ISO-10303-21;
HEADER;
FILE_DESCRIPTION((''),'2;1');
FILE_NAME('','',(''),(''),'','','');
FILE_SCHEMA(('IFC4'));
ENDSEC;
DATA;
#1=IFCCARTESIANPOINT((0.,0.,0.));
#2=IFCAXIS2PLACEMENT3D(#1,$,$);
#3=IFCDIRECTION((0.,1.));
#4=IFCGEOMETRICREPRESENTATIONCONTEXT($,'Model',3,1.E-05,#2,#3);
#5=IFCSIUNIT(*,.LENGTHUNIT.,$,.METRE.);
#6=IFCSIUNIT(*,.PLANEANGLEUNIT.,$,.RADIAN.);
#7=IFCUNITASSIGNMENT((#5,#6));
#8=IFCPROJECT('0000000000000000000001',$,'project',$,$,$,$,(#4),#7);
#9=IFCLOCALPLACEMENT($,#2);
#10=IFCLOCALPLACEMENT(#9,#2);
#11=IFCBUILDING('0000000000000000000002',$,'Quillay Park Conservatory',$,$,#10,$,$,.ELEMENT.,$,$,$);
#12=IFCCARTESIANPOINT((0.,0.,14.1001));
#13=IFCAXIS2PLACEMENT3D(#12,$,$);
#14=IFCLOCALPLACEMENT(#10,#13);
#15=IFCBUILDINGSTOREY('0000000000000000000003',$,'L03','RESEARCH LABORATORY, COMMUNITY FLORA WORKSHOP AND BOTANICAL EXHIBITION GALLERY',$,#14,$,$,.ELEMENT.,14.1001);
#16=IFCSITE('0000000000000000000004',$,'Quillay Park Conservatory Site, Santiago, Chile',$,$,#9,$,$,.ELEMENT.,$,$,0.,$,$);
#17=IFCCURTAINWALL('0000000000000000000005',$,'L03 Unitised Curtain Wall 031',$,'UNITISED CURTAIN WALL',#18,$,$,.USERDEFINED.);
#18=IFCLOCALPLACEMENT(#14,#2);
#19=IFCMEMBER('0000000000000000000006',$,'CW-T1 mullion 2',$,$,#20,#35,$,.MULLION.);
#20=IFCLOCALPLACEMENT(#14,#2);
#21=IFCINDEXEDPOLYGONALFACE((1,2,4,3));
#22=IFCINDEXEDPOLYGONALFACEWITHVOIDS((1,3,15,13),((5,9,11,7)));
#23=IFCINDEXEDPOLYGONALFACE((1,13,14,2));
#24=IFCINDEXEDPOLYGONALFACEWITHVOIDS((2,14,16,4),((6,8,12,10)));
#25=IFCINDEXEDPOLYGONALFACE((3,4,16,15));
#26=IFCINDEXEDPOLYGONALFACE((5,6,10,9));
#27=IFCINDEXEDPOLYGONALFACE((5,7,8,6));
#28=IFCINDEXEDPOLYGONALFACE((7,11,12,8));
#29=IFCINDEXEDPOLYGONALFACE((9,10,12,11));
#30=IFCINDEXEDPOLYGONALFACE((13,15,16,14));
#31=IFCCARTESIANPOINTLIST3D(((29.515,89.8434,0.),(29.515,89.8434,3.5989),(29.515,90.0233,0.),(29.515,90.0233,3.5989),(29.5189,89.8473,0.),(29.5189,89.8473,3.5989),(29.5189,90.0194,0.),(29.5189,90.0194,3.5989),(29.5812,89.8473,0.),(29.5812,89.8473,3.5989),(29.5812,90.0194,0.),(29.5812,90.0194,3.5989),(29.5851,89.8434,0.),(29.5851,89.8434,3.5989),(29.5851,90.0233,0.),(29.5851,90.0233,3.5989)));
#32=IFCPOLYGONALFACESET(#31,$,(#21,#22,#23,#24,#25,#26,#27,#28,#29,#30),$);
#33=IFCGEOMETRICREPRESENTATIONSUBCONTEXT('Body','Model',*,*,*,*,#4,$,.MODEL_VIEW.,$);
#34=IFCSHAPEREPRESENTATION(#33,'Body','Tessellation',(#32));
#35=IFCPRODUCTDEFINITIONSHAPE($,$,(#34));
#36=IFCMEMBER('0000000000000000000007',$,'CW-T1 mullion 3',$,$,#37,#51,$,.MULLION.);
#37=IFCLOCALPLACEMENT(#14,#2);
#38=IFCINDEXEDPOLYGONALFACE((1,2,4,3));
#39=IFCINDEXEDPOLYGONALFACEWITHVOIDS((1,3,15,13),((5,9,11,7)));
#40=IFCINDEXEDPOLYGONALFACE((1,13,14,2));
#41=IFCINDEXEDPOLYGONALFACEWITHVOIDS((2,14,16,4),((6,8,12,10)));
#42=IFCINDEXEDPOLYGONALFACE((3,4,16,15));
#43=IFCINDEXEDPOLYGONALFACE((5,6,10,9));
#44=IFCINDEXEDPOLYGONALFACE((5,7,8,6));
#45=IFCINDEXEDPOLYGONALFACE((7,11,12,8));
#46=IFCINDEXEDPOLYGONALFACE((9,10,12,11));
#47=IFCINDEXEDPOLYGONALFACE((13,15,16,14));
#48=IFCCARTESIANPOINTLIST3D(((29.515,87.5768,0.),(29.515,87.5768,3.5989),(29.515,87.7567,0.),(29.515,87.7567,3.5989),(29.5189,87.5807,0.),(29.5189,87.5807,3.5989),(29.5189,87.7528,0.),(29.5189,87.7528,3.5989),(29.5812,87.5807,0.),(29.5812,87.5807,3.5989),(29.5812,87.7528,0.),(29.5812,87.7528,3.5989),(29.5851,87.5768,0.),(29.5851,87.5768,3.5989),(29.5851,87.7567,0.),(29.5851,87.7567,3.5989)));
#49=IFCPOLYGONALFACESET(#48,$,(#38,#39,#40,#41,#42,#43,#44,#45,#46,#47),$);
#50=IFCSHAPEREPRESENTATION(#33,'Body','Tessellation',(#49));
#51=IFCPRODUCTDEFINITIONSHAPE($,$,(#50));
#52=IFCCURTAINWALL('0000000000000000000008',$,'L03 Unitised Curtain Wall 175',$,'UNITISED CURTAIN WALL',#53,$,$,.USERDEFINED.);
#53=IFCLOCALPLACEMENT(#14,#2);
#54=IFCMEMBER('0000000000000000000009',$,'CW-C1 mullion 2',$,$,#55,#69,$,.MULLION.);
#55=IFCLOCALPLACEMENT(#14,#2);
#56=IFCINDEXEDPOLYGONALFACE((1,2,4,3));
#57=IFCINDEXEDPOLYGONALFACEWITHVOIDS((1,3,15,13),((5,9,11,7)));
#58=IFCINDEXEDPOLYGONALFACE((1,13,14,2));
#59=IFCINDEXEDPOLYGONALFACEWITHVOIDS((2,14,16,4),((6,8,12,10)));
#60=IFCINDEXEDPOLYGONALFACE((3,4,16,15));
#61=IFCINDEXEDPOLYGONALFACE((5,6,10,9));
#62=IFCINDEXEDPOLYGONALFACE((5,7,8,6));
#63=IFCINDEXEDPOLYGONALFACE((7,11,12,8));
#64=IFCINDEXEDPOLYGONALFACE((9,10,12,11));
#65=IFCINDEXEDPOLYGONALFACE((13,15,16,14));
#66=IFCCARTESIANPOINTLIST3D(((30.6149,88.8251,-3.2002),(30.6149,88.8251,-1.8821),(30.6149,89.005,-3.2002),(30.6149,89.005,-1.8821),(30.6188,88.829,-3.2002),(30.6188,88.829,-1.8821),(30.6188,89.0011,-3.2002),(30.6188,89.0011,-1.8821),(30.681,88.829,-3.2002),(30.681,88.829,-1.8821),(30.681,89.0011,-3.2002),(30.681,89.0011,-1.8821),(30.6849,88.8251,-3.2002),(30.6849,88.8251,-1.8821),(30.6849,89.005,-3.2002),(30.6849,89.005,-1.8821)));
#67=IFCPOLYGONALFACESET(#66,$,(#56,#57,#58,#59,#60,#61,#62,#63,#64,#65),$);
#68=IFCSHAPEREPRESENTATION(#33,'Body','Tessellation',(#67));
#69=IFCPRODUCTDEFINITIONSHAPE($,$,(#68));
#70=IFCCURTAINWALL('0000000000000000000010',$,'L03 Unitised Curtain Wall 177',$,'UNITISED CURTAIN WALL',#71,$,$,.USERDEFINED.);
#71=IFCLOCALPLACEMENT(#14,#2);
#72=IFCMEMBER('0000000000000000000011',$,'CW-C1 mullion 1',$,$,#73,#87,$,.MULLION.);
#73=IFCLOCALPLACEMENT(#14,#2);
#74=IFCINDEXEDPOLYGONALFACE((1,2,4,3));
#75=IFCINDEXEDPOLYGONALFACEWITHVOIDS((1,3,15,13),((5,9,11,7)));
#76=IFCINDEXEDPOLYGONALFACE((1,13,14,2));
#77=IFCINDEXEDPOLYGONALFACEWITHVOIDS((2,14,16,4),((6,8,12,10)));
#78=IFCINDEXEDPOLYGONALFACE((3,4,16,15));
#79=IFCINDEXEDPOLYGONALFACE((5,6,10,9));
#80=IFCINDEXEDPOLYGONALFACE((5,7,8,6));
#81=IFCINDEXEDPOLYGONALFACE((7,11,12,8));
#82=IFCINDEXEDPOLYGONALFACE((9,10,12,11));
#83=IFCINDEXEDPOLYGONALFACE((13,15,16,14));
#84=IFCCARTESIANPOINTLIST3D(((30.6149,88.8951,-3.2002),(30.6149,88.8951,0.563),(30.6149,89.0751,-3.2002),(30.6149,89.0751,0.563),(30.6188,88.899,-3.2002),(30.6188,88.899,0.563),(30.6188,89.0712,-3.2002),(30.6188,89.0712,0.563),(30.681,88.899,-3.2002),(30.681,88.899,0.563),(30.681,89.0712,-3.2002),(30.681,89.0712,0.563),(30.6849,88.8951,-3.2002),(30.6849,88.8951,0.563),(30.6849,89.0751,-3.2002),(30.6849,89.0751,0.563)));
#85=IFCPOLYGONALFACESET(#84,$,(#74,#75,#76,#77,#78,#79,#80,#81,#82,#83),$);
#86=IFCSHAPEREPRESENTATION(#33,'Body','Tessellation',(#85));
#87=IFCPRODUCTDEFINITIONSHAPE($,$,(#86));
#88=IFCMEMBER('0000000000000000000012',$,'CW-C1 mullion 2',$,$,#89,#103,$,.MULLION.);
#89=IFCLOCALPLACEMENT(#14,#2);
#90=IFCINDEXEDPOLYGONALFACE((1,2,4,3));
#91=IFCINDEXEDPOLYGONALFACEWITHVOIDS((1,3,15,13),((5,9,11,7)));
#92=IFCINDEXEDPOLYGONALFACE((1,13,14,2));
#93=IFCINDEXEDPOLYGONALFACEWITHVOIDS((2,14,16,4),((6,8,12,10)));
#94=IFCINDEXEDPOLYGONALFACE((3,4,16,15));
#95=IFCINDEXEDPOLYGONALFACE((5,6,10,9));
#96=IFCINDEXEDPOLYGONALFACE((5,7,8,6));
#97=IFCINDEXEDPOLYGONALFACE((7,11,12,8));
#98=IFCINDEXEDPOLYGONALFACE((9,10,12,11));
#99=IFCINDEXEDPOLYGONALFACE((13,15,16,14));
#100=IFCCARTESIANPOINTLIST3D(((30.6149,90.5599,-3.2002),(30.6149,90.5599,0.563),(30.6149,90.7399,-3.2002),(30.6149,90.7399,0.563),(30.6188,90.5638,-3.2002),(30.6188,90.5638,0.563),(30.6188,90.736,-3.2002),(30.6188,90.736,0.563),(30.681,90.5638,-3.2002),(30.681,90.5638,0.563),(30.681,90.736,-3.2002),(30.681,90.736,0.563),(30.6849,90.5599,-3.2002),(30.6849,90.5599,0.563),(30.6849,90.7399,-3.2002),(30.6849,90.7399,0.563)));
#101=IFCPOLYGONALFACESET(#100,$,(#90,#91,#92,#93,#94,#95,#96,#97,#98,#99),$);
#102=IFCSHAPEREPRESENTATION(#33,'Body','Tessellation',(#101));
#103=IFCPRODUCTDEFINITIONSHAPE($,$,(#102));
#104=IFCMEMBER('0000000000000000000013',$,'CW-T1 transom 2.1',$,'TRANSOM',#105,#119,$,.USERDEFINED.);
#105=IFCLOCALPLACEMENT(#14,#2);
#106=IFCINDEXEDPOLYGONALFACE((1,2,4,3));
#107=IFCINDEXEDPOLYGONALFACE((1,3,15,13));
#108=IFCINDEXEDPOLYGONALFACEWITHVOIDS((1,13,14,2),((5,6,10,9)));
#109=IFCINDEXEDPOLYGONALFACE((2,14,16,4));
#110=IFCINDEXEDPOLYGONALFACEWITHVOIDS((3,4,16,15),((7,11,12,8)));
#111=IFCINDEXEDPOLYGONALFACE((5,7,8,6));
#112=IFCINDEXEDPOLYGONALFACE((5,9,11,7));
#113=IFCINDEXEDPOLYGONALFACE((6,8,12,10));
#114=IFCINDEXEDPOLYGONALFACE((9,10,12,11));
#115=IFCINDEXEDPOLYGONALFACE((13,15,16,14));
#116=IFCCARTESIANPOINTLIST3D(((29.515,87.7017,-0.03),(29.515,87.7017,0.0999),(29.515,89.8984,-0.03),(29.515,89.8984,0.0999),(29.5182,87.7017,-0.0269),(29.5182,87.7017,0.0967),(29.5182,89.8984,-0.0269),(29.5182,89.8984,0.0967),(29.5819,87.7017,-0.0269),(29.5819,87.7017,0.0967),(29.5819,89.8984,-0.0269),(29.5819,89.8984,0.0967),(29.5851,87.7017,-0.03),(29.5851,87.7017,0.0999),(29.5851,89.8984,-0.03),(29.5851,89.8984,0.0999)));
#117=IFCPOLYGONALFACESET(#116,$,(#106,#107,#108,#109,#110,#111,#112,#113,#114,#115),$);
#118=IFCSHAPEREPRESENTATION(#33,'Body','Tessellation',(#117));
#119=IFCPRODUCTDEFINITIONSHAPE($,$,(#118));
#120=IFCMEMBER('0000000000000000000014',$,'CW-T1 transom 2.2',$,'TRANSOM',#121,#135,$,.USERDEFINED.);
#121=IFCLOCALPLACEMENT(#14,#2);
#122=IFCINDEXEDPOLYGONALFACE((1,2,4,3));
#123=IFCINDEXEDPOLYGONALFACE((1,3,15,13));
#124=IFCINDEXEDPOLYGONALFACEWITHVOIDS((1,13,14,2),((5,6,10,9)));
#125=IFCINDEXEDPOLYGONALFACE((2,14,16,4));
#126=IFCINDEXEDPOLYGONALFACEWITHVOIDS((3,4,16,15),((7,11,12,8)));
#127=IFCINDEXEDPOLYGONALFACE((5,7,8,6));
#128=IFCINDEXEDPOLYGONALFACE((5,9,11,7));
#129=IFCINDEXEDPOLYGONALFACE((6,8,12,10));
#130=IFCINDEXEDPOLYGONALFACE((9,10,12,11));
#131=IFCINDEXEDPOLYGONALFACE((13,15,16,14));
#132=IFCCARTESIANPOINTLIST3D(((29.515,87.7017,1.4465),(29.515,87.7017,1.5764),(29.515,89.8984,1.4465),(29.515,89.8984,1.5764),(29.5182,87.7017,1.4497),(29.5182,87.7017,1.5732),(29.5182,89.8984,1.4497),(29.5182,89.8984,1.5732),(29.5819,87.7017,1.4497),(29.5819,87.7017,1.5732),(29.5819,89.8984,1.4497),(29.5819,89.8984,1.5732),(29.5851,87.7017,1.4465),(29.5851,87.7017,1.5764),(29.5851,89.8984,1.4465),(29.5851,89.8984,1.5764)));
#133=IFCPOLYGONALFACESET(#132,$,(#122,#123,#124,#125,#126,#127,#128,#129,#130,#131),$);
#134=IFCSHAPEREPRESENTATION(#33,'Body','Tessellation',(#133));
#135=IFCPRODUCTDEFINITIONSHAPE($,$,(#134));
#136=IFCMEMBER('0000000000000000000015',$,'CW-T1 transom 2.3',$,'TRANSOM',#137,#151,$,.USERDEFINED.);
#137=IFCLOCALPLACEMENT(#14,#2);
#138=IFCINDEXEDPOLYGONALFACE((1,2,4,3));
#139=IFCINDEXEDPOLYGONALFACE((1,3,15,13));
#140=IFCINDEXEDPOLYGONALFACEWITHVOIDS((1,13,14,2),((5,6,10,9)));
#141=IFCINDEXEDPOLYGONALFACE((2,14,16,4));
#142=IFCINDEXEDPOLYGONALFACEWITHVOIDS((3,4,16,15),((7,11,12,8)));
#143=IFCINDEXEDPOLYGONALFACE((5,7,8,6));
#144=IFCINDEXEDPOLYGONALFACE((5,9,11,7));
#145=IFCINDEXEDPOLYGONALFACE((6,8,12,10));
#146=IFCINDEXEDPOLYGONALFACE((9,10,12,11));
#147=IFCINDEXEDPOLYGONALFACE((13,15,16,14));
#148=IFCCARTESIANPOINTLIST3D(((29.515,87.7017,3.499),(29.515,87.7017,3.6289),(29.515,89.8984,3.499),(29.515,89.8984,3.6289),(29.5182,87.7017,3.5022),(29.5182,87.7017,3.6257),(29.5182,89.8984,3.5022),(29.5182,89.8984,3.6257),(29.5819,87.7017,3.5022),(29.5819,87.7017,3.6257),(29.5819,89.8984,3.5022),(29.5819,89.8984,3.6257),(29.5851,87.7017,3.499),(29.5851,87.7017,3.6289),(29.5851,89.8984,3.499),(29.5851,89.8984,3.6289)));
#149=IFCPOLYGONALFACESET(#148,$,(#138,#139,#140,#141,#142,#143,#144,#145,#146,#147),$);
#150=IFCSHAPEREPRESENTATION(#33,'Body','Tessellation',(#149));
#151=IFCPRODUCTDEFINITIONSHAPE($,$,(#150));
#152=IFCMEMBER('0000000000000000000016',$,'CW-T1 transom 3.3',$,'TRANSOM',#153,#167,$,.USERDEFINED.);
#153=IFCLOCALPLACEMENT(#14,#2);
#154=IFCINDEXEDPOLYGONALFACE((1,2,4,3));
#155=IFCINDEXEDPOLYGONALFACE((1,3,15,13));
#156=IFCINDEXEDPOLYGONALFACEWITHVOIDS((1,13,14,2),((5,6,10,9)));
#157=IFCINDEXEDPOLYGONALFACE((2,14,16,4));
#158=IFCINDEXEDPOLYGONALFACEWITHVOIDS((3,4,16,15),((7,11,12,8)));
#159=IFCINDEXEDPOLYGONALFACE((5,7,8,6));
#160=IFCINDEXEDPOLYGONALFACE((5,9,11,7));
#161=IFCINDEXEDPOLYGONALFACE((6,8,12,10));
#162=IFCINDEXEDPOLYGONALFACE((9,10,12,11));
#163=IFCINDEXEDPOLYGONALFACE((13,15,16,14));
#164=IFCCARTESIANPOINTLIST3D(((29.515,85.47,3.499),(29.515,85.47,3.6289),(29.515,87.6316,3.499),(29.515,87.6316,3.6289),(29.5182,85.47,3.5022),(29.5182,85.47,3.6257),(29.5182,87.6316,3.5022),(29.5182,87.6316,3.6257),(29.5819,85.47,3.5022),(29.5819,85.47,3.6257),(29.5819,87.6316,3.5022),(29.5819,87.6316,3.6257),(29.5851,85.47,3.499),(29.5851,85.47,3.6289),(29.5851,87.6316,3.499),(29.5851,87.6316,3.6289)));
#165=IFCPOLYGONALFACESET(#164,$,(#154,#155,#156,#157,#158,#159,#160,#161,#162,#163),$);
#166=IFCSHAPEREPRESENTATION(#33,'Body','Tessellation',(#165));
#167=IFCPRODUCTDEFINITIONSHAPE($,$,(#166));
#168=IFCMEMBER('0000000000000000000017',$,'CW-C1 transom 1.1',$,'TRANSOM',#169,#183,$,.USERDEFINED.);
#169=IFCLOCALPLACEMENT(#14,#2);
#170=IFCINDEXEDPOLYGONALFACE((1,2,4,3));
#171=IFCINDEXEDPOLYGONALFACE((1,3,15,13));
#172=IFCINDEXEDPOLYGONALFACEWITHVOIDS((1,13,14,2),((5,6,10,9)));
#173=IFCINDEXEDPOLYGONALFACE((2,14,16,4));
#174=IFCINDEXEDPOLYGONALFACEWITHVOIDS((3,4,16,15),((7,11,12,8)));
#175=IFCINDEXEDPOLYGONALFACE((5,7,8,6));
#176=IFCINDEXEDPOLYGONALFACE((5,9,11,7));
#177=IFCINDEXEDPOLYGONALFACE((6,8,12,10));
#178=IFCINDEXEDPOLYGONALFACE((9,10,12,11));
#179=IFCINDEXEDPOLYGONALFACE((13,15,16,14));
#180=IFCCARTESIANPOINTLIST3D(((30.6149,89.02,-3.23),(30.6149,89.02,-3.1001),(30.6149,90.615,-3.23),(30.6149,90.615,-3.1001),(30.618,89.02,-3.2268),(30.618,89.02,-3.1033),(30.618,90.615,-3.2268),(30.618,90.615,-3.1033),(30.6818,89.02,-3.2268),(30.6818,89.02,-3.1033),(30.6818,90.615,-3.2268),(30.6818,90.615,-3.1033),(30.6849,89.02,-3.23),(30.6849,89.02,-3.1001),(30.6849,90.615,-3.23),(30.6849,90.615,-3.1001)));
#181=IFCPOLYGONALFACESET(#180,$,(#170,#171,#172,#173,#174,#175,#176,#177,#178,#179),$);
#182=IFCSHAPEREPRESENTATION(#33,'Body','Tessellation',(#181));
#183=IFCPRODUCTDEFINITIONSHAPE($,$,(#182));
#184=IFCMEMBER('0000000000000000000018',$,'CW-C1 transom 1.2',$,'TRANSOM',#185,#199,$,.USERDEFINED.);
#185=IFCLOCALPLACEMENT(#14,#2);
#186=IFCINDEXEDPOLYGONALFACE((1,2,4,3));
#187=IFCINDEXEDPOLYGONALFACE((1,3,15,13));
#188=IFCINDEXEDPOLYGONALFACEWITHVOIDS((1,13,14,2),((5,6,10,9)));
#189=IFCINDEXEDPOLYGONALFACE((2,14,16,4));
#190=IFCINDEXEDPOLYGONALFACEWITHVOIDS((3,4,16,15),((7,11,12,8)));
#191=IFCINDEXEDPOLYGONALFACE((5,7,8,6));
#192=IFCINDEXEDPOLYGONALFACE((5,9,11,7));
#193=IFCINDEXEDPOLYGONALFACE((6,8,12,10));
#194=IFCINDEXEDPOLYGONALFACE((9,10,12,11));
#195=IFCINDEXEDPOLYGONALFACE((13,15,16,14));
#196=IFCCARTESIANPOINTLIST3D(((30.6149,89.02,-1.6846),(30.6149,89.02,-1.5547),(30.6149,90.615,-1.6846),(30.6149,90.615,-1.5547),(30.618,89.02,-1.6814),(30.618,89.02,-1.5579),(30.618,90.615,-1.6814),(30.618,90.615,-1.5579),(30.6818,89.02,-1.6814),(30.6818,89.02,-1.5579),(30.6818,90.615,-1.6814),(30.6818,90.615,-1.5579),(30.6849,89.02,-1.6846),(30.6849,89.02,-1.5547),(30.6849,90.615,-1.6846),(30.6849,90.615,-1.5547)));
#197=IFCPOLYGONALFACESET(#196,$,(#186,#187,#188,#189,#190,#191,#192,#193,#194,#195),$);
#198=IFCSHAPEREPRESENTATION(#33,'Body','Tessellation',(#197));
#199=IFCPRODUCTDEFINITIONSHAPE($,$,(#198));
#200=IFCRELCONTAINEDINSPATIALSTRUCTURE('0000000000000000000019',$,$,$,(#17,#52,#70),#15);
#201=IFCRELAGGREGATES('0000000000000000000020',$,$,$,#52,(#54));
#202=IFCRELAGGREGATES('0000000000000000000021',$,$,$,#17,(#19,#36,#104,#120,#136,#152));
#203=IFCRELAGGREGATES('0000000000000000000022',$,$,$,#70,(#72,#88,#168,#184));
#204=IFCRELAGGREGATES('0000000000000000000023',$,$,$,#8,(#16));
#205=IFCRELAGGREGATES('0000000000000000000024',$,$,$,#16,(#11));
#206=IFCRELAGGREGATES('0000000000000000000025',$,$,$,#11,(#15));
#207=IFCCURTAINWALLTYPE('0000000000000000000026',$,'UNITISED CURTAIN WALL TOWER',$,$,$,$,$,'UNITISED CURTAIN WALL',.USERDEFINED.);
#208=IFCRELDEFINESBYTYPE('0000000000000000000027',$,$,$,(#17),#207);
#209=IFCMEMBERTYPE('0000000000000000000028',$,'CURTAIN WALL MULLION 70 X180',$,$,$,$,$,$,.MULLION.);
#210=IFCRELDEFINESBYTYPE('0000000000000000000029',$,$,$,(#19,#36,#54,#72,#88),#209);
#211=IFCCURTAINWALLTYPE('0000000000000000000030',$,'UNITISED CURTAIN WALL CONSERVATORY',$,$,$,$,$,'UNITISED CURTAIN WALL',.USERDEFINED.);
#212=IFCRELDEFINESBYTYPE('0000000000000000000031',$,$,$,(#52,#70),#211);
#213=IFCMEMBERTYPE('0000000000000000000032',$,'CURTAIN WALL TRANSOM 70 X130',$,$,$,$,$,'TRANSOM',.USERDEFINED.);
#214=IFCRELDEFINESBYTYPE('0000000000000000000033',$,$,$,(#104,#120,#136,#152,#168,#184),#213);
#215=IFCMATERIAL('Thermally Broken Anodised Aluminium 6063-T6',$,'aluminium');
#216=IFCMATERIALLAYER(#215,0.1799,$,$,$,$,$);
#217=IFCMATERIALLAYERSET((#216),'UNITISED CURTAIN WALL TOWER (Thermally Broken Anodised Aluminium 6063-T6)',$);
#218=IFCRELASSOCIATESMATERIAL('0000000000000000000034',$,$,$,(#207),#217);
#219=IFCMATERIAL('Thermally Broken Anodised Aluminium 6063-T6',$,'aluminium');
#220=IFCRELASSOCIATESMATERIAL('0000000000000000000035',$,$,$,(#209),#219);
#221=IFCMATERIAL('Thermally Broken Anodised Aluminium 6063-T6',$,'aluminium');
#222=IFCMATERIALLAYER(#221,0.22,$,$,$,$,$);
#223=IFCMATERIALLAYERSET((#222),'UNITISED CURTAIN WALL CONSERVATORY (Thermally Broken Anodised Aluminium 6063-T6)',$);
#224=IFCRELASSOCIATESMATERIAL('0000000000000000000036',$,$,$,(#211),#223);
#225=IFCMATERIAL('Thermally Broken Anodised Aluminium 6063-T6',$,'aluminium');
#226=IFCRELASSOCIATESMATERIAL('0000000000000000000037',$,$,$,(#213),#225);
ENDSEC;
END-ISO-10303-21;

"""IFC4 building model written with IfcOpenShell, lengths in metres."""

from ifc_helpers import new_model, si_unit, direction, frame, origin, origin_2d, place, context, subcontext, project, spatial, hollow_rectangle, extrude, material, layer, layer_set, material_profile, profile_set, type_object, element, aggregate, save


model = new_model("IFC4")

# Units and contexts
model_context = context("Model", 3, precision=1e-05, world=origin(), true_north=direction((0.0, 1.0)))
body_context = subcontext(model_context, "Body", "Model", "MODEL_VIEW")
ifc_project = project(units=[si_unit("LENGTHUNIT", "METRE"), si_unit("PLANEANGLEUNIT", "RADIAN")], contexts=[model_context])

# Site, building, storey
site_placement = place(None, origin())
site = spatial("IfcSite", under=ifc_project, at=site_placement, Name="Quillay Park Conservatory Site, Santiago, Chile", CompositionType="ELEMENT", RefElevation=0.0)
building_placement = place(site_placement, origin())
building = spatial("IfcBuilding", under=site, at=building_placement, Name="Quillay Park Conservatory", CompositionType="ELEMENT")
storey_placement = place(building_placement, frame((0.0, 0.0, 14.1001)))
storey = spatial("IfcBuildingStorey", under=building, at=storey_placement, Name="L03", Description="RESEARCH LABORATORY, COMMUNITY FLORA WORKSHOP AND BOTANICAL EXHIBITION GALLERY", CompositionType="ELEMENT", Elevation=14.1001)

# Curtain wall, members
ifc_material_1 = material(Name="Thermally Broken Anodised Aluminium 6063-T6", Category="aluminium")
ifc_layer_1 = layer(ifc_material_1, 0.1799)
ifc_layer_set_1 = layer_set([ifc_layer_1], Name="UNITISED CURTAIN WALL TOWER (Thermally Broken Anodised Aluminium 6063-T6)")
curtain_wall_type_1 = type_object("IfcCurtainWallType", Name="UNITISED CURTAIN WALL TOWER", ElementType="UNITISED CURTAIN WALL", PredefinedType="USERDEFINED", material=ifc_layer_set_1)
curtain_wall_1_placement = place(storey_placement, origin())
curtain_wall_1 = element("IfcCurtainWall", 1, at=curtain_wall_1_placement, inside=storey, type_object=curtain_wall_type_1, Name="L03 Unitised Curtain Wall 031", ObjectType="UNITISED CURTAIN WALL", PredefinedType="USERDEFINED")
ifc_material_2 = material(Name="Thermally Broken Anodised Aluminium 6063-T6", Category="aluminium")
ifc_material_profile_1 = material_profile(ifc_material_2, hollow_rectangle(XDim=0.0701, YDim=0.1799, WallThickness=0.0039, at=origin_2d()), Name="AL70x180x4")
ifc_profile_set_1 = profile_set([ifc_material_profile_1], Name="Thermally Broken Anodised Aluminium 6063-T6")
member_type_1 = type_object("IfcMemberType", Name="CURTAIN WALL MULLION 70 X180", PredefinedType="MULLION", material=ifc_profile_set_1)
member_1_placement = place(storey_placement, frame((29.55, 89.9333, 0.0), z_axis=(0.0, 0.0, 1.0), x_axis=(1.0, 0.0, 0.0)))
member_1 = element("IfcMember", 2, at=member_1_placement, type_object=member_type_1, Name="CW-T1 mullion 2", PredefinedType="MULLION", context=body_context, shape_type="SweptSolid", body=[
    extrude(hollow_rectangle(XDim=0.0701, YDim=0.1799, WallThickness=0.0039, at=origin_2d()), origin(), (0.0, 0.0, 1.0), 3.5989),
])
member_2_placement = place(storey_placement, frame((29.55, 87.6667, 0.0), z_axis=(0.0, 0.0, 1.0), x_axis=(1.0, 0.0, 0.0)))
member_2 = element("IfcMember", 3, at=member_2_placement, type_object=member_type_1, Name="CW-T1 mullion 3", PredefinedType="MULLION", context=body_context, shape_type="SweptSolid", body=[
    extrude(hollow_rectangle(XDim=0.0701, YDim=0.1799, WallThickness=0.0039, at=origin_2d()), origin(), (0.0, 0.0, 1.0), 3.5989),
])

# Curtain wall, member
ifc_material_3 = material(Name="Thermally Broken Anodised Aluminium 6063-T6", Category="aluminium")
ifc_layer_2 = layer(ifc_material_3, 0.22)
ifc_layer_set_2 = layer_set([ifc_layer_2], Name="UNITISED CURTAIN WALL CONSERVATORY (Thermally Broken Anodised Aluminium 6063-T6)")
curtain_wall_type_2 = type_object("IfcCurtainWallType", Name="UNITISED CURTAIN WALL CONSERVATORY", ElementType="UNITISED CURTAIN WALL", PredefinedType="USERDEFINED", material=ifc_layer_set_2)
curtain_wall_2_placement = place(storey_placement, origin())
curtain_wall_2 = element("IfcCurtainWall", 4, at=curtain_wall_2_placement, inside=storey, type_object=curtain_wall_type_2, Name="L03 Unitised Curtain Wall 175", ObjectType="UNITISED CURTAIN WALL", PredefinedType="USERDEFINED")
member_3_placement = place(storey_placement, frame((30.6499, 88.915, -3.2002), z_axis=(0.0, 0.0, 1.0), x_axis=(-1.0, 0.0, 0.0)))
member_3 = element("IfcMember", 5, at=member_3_placement, type_object=member_type_1, Name="CW-C1 mullion 2", PredefinedType="MULLION", context=body_context, shape_type="SweptSolid", body=[
    extrude(hollow_rectangle(XDim=0.0701, YDim=0.1799, WallThickness=0.0039, at=origin_2d()), origin(), (0.0, 0.0, 1.0), 1.3181),
])
aggregate(curtain_wall_2, [member_3])

# Curtain wall, members
curtain_wall_3_placement = place(storey_placement, origin())
curtain_wall_3 = element("IfcCurtainWall", 6, at=curtain_wall_3_placement, inside=storey, type_object=curtain_wall_type_2, Name="L03 Unitised Curtain Wall 177", ObjectType="UNITISED CURTAIN WALL", PredefinedType="USERDEFINED")
member_4_placement = place(storey_placement, frame((30.6499, 88.9851, -3.2002), z_axis=(0.0, 0.0, 1.0), x_axis=(-1.0, 0.0, 0.0)))
member_4 = element("IfcMember", 7, at=member_4_placement, type_object=member_type_1, Name="CW-C1 mullion 1", PredefinedType="MULLION", context=body_context, shape_type="SweptSolid", body=[
    extrude(hollow_rectangle(XDim=0.0701, YDim=0.1799, WallThickness=0.0039, at=origin_2d()), origin(), (0.0, 0.0, 1.0), 3.7632),
])
member_5_placement = place(storey_placement, frame((30.6499, 90.6499, -3.2002), z_axis=(0.0, 0.0, 1.0), x_axis=(-1.0, 0.0, 0.0)))
member_5 = element("IfcMember", 8, at=member_5_placement, type_object=member_type_1, Name="CW-C1 mullion 2", PredefinedType="MULLION", context=body_context, shape_type="SweptSolid", body=[
    extrude(hollow_rectangle(XDim=0.0701, YDim=0.1799, WallThickness=0.0039, at=origin_2d()), origin(), (0.0, 0.0, 1.0), 3.7632),
])

# Members
ifc_material_4 = material(Name="Thermally Broken Anodised Aluminium 6063-T6", Category="aluminium")
ifc_material_profile_2 = material_profile(ifc_material_4, hollow_rectangle(XDim=0.0701, YDim=0.1299, WallThickness=0.0032, at=origin_2d()), Name="AL70x130x3.2")
ifc_profile_set_2 = profile_set([ifc_material_profile_2], Name="Thermally Broken Anodised Aluminium 6063-T6")
member_type_2 = type_object("IfcMemberType", Name="CURTAIN WALL TRANSOM 70 X130", ElementType="TRANSOM", PredefinedType="USERDEFINED", material=ifc_profile_set_2)
member_6_placement = place(storey_placement, frame((29.55, 89.8984, 0.0349), z_axis=(0.0, -1.0, 0.0), x_axis=(1.0, 0.0, 0.0)))
member_6 = element("IfcMember", 9, at=member_6_placement, type_object=member_type_2, Name="CW-T1 transom 2.1", ObjectType="TRANSOM", PredefinedType="USERDEFINED", context=body_context, shape_type="SweptSolid", body=[
    extrude(hollow_rectangle(XDim=0.0701, YDim=0.1299, WallThickness=0.0032, at=origin_2d()), origin(), (0.0, 0.0, 1.0), 2.1968),
])
member_7_placement = place(storey_placement, frame((29.55, 89.8984, 1.5115), z_axis=(0.0, -1.0, 0.0), x_axis=(1.0, 0.0, 0.0)))
member_7 = element("IfcMember", 10, at=member_7_placement, type_object=member_type_2, Name="CW-T1 transom 2.2", ObjectType="TRANSOM", PredefinedType="USERDEFINED", context=body_context, shape_type="SweptSolid", body=[
    extrude(hollow_rectangle(XDim=0.0701, YDim=0.1299, WallThickness=0.0032, at=origin_2d()), origin(), (0.0, 0.0, 1.0), 2.1968),
])
member_8_placement = place(storey_placement, frame((29.55, 89.8984, 3.564), z_axis=(0.0, -1.0, 0.0), x_axis=(1.0, 0.0, 0.0)))
member_8 = element("IfcMember", 11, at=member_8_placement, type_object=member_type_2, Name="CW-T1 transom 2.3", ObjectType="TRANSOM", PredefinedType="USERDEFINED", context=body_context, shape_type="SweptSolid", body=[
    extrude(hollow_rectangle(XDim=0.0701, YDim=0.1299, WallThickness=0.0032, at=origin_2d()), origin(), (0.0, 0.0, 1.0), 2.1968),
])
member_9_placement = place(storey_placement, frame((29.55, 87.6316, 3.564), z_axis=(0.0, -1.0, 0.0), x_axis=(1.0, 0.0, 0.0)))
member_9 = element("IfcMember", 12, at=member_9_placement, type_object=member_type_2, Name="CW-T1 transom 3.3", ObjectType="TRANSOM", PredefinedType="USERDEFINED", context=body_context, shape_type="SweptSolid", body=[
    extrude(hollow_rectangle(XDim=0.0701, YDim=0.1299, WallThickness=0.0032, at=origin_2d()), origin(), (0.0, 0.0, 1.0), 2.1616),
])
member_10_placement = place(storey_placement, frame((30.6499, 89.02, -3.165), z_axis=(0.0, 1.0, 0.0), x_axis=(-1.0, 0.0, 0.0)))
member_10 = element("IfcMember", 13, at=member_10_placement, type_object=member_type_2, Name="CW-C1 transom 1.1", ObjectType="TRANSOM", PredefinedType="USERDEFINED", context=body_context, shape_type="SweptSolid", body=[
    extrude(hollow_rectangle(XDim=0.0701, YDim=0.1299, WallThickness=0.0032, at=origin_2d()), origin(), (0.0, 0.0, 1.0), 1.595),
])
member_11_placement = place(storey_placement, frame((30.6499, 89.02, -1.6196), z_axis=(0.0, 1.0, 0.0), x_axis=(-1.0, 0.0, 0.0)))
member_11 = element("IfcMember", 14, at=member_11_placement, type_object=member_type_2, Name="CW-C1 transom 1.2", ObjectType="TRANSOM", PredefinedType="USERDEFINED", context=body_context, shape_type="SweptSolid", body=[
    extrude(hollow_rectangle(XDim=0.0701, YDim=0.1299, WallThickness=0.0032, at=origin_2d()), origin(), (0.0, 0.0, 1.0), 1.595),
])

aggregate(curtain_wall_1, [member_1, member_2, member_6, member_7, member_8, member_9])
aggregate(curtain_wall_3, [member_4, member_5, member_10, member_11])

save(model, "model.ifc")
